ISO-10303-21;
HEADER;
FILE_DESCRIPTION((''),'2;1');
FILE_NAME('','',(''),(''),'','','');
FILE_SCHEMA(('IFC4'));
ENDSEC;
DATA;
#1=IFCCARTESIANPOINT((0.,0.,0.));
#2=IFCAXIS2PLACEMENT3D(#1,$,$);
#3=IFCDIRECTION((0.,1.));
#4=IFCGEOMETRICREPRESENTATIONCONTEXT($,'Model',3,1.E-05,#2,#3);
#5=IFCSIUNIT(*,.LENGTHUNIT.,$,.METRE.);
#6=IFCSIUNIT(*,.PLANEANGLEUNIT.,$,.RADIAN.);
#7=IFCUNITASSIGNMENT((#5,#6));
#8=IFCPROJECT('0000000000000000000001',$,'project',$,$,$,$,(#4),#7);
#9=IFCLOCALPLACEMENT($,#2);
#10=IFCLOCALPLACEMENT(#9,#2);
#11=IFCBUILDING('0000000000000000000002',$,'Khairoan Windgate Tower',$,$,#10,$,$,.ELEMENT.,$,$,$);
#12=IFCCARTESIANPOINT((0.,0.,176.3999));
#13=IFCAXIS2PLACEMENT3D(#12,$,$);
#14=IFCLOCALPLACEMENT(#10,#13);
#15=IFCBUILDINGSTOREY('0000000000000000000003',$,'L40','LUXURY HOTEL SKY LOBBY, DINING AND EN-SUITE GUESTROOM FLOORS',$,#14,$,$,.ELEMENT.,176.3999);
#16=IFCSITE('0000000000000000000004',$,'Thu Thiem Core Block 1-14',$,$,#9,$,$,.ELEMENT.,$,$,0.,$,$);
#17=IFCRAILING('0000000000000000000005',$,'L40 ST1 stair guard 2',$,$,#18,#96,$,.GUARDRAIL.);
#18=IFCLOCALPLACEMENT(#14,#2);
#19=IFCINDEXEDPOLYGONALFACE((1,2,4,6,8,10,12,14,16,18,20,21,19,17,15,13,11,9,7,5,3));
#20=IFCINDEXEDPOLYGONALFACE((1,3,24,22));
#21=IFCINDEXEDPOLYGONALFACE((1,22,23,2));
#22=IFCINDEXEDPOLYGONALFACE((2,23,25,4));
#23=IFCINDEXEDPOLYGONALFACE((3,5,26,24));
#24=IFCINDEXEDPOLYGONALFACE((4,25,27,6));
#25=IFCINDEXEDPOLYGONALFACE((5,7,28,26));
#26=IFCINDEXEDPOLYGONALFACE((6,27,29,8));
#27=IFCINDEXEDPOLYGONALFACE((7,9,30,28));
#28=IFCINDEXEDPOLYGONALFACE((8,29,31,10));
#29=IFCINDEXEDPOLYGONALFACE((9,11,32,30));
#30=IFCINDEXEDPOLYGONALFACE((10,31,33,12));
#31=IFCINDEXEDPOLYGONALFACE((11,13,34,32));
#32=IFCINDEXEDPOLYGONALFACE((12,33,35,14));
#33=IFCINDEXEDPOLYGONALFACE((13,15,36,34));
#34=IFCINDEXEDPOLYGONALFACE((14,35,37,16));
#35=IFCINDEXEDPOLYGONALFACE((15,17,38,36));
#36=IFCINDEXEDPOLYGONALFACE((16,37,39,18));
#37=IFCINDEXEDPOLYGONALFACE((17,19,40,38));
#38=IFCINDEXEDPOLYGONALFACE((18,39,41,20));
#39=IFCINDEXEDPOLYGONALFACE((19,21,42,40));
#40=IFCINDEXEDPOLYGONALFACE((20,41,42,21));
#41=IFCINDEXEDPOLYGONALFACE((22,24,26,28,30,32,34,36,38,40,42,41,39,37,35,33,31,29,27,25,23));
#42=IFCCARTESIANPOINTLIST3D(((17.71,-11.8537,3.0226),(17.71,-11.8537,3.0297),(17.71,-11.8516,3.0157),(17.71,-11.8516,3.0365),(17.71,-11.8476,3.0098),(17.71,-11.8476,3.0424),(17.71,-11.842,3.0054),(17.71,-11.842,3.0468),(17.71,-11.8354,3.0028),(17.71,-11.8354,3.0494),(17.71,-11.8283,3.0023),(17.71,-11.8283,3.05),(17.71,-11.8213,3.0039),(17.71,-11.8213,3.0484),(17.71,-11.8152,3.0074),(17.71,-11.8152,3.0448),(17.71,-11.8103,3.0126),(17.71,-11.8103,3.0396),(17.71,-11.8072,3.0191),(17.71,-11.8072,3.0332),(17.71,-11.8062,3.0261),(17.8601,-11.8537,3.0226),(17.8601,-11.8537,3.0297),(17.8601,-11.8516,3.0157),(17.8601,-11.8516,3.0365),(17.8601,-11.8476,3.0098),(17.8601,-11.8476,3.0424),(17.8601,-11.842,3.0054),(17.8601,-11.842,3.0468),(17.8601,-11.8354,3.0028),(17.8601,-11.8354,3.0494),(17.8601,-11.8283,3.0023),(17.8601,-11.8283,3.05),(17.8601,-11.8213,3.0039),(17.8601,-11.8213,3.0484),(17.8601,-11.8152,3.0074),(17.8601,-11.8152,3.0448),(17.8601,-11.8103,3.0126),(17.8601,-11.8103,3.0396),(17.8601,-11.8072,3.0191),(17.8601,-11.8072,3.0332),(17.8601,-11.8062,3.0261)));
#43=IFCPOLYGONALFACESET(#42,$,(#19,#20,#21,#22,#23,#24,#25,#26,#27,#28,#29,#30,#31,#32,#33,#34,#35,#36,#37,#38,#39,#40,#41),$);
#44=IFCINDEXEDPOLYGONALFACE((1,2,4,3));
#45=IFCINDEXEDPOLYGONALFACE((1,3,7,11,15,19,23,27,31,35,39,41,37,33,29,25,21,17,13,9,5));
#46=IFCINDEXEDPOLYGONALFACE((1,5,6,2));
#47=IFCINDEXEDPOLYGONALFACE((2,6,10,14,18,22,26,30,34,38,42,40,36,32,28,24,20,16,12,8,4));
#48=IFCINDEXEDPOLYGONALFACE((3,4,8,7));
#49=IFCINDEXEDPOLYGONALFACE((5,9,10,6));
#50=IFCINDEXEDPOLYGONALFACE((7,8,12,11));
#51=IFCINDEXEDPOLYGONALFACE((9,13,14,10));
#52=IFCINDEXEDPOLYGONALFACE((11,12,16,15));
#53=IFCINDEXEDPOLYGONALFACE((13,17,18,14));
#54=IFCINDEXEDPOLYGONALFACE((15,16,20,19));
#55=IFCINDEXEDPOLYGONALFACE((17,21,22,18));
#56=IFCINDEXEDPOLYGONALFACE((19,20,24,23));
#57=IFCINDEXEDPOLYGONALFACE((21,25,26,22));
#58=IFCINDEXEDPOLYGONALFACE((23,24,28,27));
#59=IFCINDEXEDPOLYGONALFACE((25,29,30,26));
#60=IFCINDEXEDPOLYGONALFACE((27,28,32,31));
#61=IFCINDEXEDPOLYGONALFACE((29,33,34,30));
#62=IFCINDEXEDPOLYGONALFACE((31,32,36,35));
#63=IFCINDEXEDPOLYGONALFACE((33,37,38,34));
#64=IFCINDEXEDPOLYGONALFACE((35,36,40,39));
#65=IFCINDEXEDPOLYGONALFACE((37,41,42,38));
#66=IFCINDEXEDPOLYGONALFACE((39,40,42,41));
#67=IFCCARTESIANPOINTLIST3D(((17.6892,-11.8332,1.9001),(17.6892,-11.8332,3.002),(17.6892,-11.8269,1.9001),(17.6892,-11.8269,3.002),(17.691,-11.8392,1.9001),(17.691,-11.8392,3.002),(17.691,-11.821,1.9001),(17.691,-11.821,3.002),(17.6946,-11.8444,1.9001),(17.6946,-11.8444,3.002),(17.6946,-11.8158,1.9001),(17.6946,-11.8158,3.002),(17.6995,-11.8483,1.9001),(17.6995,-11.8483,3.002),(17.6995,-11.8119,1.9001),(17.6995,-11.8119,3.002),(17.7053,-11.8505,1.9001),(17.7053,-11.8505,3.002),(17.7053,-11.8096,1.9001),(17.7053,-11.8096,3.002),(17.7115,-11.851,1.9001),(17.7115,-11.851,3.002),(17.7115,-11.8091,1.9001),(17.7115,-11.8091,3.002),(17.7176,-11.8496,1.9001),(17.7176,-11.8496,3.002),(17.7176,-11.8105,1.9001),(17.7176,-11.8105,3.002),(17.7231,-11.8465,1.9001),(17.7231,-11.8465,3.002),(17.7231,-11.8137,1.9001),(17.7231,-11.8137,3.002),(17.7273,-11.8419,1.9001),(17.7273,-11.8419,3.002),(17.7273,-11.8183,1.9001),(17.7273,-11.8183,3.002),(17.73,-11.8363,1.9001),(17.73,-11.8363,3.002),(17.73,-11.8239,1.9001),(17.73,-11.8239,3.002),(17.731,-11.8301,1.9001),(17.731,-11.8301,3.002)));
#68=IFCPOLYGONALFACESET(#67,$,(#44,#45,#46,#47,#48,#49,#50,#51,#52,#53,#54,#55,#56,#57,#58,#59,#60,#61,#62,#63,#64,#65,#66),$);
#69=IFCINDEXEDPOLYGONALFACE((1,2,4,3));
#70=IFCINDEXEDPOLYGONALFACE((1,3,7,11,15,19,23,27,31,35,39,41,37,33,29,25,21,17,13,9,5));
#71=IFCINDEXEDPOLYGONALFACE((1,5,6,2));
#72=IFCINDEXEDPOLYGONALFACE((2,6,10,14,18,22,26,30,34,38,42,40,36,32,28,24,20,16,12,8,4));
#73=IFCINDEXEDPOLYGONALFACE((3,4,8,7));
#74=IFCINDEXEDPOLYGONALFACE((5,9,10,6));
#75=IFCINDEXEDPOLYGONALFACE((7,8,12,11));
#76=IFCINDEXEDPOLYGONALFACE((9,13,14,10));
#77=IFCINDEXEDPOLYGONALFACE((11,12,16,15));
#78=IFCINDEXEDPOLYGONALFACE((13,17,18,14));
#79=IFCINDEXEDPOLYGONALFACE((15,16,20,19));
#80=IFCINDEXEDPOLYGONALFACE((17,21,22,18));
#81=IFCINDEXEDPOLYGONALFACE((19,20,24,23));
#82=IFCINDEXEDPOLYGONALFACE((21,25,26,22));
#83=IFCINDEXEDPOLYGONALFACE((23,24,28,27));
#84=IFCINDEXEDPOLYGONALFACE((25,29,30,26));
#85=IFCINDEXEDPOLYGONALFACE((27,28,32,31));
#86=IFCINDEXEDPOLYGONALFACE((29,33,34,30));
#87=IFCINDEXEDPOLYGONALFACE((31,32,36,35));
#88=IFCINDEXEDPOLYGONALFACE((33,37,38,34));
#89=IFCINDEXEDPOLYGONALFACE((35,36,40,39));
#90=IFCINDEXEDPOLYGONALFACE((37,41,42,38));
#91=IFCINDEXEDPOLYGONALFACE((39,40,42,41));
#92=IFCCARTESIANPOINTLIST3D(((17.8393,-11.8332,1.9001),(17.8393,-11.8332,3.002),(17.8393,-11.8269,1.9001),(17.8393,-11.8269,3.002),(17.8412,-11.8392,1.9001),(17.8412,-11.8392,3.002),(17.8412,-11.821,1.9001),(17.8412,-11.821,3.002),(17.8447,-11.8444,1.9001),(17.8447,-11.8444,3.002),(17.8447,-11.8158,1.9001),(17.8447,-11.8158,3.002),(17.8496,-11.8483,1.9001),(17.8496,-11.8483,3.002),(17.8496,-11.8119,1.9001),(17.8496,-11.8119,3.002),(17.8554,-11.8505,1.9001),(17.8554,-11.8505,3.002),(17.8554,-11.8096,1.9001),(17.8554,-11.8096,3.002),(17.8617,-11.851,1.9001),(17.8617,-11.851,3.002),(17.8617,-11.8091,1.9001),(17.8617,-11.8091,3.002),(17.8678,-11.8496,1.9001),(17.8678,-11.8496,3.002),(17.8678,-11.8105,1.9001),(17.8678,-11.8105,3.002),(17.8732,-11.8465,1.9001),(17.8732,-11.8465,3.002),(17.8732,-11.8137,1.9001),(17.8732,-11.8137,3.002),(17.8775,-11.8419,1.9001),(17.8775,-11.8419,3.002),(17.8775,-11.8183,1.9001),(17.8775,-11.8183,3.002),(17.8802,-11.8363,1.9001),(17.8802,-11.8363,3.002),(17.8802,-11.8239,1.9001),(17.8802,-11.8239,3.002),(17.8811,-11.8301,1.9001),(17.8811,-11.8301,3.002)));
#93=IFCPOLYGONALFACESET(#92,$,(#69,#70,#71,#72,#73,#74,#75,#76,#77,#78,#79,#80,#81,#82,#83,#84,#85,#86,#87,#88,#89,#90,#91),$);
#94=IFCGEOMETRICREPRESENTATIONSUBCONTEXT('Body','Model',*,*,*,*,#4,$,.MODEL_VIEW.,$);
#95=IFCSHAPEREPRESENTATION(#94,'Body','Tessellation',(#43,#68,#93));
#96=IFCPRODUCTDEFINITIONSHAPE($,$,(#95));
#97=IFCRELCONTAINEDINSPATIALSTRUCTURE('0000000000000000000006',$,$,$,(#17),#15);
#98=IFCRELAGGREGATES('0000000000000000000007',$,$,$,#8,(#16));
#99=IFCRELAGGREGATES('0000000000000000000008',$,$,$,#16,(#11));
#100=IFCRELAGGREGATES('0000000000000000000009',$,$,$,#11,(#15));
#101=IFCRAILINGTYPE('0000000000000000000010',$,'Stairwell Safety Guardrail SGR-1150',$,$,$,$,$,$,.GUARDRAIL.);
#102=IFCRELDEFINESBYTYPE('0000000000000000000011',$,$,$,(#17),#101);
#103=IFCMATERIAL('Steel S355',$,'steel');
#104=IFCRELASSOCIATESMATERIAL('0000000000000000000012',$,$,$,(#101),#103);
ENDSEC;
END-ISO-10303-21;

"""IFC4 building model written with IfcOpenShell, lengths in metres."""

from ifc_helpers import new_model, si_unit, direction, frame, origin, origin_2d, place, context, subcontext, project, spatial, circle, extrude, material, type_object, element, save


model = new_model("IFC4")

# Units and contexts
model_context = context("Model", 3, precision=1e-05, world=origin(), true_north=direction((0.0, 1.0)))
body_context = subcontext(model_context, "Body", "Model", "MODEL_VIEW")
ifc_project = project(units=[si_unit("LENGTHUNIT", "METRE"), si_unit("PLANEANGLEUNIT", "RADIAN")], contexts=[model_context])

# Site, building, storey
site_placement = place(None, origin())
site = spatial("IfcSite", under=ifc_project, at=site_placement, Name="Thu Thiem Core Block 1-14", CompositionType="ELEMENT", RefElevation=0.0)
building_placement = place(site_placement, origin())
building = spatial("IfcBuilding", under=site, at=building_placement, Name="Khairoan Windgate Tower", CompositionType="ELEMENT")
storey_placement = place(building_placement, frame((0.0, 0.0, 176.3999)))
storey = spatial("IfcBuildingStorey", under=building, at=storey_placement, Name="L40", Description="LUXURY HOTEL SKY LOBBY, DINING AND EN-SUITE GUESTROOM FLOORS", CompositionType="ELEMENT", Elevation=176.3999)

# Railing
ifc_material_1 = material(Name="Steel S355", Category="steel")
railing_type_1 = type_object("IfcRailingType", Name="Stairwell Safety Guardrail SGR-1150", PredefinedType="GUARDRAIL", material=ifc_material_1)
railing_1_placement = place(storey_placement, frame((17.71, -11.8301, 1.9001)))
element("IfcRailing", 1, at=railing_1_placement, inside=storey, type_object=railing_type_1, Name="L40 ST1 stair guard 2", PredefinedType="GUARDRAIL", context=body_context, shape_type="SweptSolid", body=[
    extrude(circle(Radius=0.0239, at=origin_2d()), frame((0.0, 0.0, 1.126), z_axis=(1.0, 0.0, 0.0), x_axis=(0.0, 1.0, 0.0)), (0.0, 0.0, 1.0), 0.1501),
    extrude(circle(Radius=0.021, at=origin_2d()), origin(), (0.0, 0.0, 1.0), 1.1018),
    extrude(circle(Radius=0.021, at=origin_2d()), frame((0.1501, 0.0, 0.0)), (0.0, 0.0, 1.0), 1.1018),
])

save(model, "model.ifc")
